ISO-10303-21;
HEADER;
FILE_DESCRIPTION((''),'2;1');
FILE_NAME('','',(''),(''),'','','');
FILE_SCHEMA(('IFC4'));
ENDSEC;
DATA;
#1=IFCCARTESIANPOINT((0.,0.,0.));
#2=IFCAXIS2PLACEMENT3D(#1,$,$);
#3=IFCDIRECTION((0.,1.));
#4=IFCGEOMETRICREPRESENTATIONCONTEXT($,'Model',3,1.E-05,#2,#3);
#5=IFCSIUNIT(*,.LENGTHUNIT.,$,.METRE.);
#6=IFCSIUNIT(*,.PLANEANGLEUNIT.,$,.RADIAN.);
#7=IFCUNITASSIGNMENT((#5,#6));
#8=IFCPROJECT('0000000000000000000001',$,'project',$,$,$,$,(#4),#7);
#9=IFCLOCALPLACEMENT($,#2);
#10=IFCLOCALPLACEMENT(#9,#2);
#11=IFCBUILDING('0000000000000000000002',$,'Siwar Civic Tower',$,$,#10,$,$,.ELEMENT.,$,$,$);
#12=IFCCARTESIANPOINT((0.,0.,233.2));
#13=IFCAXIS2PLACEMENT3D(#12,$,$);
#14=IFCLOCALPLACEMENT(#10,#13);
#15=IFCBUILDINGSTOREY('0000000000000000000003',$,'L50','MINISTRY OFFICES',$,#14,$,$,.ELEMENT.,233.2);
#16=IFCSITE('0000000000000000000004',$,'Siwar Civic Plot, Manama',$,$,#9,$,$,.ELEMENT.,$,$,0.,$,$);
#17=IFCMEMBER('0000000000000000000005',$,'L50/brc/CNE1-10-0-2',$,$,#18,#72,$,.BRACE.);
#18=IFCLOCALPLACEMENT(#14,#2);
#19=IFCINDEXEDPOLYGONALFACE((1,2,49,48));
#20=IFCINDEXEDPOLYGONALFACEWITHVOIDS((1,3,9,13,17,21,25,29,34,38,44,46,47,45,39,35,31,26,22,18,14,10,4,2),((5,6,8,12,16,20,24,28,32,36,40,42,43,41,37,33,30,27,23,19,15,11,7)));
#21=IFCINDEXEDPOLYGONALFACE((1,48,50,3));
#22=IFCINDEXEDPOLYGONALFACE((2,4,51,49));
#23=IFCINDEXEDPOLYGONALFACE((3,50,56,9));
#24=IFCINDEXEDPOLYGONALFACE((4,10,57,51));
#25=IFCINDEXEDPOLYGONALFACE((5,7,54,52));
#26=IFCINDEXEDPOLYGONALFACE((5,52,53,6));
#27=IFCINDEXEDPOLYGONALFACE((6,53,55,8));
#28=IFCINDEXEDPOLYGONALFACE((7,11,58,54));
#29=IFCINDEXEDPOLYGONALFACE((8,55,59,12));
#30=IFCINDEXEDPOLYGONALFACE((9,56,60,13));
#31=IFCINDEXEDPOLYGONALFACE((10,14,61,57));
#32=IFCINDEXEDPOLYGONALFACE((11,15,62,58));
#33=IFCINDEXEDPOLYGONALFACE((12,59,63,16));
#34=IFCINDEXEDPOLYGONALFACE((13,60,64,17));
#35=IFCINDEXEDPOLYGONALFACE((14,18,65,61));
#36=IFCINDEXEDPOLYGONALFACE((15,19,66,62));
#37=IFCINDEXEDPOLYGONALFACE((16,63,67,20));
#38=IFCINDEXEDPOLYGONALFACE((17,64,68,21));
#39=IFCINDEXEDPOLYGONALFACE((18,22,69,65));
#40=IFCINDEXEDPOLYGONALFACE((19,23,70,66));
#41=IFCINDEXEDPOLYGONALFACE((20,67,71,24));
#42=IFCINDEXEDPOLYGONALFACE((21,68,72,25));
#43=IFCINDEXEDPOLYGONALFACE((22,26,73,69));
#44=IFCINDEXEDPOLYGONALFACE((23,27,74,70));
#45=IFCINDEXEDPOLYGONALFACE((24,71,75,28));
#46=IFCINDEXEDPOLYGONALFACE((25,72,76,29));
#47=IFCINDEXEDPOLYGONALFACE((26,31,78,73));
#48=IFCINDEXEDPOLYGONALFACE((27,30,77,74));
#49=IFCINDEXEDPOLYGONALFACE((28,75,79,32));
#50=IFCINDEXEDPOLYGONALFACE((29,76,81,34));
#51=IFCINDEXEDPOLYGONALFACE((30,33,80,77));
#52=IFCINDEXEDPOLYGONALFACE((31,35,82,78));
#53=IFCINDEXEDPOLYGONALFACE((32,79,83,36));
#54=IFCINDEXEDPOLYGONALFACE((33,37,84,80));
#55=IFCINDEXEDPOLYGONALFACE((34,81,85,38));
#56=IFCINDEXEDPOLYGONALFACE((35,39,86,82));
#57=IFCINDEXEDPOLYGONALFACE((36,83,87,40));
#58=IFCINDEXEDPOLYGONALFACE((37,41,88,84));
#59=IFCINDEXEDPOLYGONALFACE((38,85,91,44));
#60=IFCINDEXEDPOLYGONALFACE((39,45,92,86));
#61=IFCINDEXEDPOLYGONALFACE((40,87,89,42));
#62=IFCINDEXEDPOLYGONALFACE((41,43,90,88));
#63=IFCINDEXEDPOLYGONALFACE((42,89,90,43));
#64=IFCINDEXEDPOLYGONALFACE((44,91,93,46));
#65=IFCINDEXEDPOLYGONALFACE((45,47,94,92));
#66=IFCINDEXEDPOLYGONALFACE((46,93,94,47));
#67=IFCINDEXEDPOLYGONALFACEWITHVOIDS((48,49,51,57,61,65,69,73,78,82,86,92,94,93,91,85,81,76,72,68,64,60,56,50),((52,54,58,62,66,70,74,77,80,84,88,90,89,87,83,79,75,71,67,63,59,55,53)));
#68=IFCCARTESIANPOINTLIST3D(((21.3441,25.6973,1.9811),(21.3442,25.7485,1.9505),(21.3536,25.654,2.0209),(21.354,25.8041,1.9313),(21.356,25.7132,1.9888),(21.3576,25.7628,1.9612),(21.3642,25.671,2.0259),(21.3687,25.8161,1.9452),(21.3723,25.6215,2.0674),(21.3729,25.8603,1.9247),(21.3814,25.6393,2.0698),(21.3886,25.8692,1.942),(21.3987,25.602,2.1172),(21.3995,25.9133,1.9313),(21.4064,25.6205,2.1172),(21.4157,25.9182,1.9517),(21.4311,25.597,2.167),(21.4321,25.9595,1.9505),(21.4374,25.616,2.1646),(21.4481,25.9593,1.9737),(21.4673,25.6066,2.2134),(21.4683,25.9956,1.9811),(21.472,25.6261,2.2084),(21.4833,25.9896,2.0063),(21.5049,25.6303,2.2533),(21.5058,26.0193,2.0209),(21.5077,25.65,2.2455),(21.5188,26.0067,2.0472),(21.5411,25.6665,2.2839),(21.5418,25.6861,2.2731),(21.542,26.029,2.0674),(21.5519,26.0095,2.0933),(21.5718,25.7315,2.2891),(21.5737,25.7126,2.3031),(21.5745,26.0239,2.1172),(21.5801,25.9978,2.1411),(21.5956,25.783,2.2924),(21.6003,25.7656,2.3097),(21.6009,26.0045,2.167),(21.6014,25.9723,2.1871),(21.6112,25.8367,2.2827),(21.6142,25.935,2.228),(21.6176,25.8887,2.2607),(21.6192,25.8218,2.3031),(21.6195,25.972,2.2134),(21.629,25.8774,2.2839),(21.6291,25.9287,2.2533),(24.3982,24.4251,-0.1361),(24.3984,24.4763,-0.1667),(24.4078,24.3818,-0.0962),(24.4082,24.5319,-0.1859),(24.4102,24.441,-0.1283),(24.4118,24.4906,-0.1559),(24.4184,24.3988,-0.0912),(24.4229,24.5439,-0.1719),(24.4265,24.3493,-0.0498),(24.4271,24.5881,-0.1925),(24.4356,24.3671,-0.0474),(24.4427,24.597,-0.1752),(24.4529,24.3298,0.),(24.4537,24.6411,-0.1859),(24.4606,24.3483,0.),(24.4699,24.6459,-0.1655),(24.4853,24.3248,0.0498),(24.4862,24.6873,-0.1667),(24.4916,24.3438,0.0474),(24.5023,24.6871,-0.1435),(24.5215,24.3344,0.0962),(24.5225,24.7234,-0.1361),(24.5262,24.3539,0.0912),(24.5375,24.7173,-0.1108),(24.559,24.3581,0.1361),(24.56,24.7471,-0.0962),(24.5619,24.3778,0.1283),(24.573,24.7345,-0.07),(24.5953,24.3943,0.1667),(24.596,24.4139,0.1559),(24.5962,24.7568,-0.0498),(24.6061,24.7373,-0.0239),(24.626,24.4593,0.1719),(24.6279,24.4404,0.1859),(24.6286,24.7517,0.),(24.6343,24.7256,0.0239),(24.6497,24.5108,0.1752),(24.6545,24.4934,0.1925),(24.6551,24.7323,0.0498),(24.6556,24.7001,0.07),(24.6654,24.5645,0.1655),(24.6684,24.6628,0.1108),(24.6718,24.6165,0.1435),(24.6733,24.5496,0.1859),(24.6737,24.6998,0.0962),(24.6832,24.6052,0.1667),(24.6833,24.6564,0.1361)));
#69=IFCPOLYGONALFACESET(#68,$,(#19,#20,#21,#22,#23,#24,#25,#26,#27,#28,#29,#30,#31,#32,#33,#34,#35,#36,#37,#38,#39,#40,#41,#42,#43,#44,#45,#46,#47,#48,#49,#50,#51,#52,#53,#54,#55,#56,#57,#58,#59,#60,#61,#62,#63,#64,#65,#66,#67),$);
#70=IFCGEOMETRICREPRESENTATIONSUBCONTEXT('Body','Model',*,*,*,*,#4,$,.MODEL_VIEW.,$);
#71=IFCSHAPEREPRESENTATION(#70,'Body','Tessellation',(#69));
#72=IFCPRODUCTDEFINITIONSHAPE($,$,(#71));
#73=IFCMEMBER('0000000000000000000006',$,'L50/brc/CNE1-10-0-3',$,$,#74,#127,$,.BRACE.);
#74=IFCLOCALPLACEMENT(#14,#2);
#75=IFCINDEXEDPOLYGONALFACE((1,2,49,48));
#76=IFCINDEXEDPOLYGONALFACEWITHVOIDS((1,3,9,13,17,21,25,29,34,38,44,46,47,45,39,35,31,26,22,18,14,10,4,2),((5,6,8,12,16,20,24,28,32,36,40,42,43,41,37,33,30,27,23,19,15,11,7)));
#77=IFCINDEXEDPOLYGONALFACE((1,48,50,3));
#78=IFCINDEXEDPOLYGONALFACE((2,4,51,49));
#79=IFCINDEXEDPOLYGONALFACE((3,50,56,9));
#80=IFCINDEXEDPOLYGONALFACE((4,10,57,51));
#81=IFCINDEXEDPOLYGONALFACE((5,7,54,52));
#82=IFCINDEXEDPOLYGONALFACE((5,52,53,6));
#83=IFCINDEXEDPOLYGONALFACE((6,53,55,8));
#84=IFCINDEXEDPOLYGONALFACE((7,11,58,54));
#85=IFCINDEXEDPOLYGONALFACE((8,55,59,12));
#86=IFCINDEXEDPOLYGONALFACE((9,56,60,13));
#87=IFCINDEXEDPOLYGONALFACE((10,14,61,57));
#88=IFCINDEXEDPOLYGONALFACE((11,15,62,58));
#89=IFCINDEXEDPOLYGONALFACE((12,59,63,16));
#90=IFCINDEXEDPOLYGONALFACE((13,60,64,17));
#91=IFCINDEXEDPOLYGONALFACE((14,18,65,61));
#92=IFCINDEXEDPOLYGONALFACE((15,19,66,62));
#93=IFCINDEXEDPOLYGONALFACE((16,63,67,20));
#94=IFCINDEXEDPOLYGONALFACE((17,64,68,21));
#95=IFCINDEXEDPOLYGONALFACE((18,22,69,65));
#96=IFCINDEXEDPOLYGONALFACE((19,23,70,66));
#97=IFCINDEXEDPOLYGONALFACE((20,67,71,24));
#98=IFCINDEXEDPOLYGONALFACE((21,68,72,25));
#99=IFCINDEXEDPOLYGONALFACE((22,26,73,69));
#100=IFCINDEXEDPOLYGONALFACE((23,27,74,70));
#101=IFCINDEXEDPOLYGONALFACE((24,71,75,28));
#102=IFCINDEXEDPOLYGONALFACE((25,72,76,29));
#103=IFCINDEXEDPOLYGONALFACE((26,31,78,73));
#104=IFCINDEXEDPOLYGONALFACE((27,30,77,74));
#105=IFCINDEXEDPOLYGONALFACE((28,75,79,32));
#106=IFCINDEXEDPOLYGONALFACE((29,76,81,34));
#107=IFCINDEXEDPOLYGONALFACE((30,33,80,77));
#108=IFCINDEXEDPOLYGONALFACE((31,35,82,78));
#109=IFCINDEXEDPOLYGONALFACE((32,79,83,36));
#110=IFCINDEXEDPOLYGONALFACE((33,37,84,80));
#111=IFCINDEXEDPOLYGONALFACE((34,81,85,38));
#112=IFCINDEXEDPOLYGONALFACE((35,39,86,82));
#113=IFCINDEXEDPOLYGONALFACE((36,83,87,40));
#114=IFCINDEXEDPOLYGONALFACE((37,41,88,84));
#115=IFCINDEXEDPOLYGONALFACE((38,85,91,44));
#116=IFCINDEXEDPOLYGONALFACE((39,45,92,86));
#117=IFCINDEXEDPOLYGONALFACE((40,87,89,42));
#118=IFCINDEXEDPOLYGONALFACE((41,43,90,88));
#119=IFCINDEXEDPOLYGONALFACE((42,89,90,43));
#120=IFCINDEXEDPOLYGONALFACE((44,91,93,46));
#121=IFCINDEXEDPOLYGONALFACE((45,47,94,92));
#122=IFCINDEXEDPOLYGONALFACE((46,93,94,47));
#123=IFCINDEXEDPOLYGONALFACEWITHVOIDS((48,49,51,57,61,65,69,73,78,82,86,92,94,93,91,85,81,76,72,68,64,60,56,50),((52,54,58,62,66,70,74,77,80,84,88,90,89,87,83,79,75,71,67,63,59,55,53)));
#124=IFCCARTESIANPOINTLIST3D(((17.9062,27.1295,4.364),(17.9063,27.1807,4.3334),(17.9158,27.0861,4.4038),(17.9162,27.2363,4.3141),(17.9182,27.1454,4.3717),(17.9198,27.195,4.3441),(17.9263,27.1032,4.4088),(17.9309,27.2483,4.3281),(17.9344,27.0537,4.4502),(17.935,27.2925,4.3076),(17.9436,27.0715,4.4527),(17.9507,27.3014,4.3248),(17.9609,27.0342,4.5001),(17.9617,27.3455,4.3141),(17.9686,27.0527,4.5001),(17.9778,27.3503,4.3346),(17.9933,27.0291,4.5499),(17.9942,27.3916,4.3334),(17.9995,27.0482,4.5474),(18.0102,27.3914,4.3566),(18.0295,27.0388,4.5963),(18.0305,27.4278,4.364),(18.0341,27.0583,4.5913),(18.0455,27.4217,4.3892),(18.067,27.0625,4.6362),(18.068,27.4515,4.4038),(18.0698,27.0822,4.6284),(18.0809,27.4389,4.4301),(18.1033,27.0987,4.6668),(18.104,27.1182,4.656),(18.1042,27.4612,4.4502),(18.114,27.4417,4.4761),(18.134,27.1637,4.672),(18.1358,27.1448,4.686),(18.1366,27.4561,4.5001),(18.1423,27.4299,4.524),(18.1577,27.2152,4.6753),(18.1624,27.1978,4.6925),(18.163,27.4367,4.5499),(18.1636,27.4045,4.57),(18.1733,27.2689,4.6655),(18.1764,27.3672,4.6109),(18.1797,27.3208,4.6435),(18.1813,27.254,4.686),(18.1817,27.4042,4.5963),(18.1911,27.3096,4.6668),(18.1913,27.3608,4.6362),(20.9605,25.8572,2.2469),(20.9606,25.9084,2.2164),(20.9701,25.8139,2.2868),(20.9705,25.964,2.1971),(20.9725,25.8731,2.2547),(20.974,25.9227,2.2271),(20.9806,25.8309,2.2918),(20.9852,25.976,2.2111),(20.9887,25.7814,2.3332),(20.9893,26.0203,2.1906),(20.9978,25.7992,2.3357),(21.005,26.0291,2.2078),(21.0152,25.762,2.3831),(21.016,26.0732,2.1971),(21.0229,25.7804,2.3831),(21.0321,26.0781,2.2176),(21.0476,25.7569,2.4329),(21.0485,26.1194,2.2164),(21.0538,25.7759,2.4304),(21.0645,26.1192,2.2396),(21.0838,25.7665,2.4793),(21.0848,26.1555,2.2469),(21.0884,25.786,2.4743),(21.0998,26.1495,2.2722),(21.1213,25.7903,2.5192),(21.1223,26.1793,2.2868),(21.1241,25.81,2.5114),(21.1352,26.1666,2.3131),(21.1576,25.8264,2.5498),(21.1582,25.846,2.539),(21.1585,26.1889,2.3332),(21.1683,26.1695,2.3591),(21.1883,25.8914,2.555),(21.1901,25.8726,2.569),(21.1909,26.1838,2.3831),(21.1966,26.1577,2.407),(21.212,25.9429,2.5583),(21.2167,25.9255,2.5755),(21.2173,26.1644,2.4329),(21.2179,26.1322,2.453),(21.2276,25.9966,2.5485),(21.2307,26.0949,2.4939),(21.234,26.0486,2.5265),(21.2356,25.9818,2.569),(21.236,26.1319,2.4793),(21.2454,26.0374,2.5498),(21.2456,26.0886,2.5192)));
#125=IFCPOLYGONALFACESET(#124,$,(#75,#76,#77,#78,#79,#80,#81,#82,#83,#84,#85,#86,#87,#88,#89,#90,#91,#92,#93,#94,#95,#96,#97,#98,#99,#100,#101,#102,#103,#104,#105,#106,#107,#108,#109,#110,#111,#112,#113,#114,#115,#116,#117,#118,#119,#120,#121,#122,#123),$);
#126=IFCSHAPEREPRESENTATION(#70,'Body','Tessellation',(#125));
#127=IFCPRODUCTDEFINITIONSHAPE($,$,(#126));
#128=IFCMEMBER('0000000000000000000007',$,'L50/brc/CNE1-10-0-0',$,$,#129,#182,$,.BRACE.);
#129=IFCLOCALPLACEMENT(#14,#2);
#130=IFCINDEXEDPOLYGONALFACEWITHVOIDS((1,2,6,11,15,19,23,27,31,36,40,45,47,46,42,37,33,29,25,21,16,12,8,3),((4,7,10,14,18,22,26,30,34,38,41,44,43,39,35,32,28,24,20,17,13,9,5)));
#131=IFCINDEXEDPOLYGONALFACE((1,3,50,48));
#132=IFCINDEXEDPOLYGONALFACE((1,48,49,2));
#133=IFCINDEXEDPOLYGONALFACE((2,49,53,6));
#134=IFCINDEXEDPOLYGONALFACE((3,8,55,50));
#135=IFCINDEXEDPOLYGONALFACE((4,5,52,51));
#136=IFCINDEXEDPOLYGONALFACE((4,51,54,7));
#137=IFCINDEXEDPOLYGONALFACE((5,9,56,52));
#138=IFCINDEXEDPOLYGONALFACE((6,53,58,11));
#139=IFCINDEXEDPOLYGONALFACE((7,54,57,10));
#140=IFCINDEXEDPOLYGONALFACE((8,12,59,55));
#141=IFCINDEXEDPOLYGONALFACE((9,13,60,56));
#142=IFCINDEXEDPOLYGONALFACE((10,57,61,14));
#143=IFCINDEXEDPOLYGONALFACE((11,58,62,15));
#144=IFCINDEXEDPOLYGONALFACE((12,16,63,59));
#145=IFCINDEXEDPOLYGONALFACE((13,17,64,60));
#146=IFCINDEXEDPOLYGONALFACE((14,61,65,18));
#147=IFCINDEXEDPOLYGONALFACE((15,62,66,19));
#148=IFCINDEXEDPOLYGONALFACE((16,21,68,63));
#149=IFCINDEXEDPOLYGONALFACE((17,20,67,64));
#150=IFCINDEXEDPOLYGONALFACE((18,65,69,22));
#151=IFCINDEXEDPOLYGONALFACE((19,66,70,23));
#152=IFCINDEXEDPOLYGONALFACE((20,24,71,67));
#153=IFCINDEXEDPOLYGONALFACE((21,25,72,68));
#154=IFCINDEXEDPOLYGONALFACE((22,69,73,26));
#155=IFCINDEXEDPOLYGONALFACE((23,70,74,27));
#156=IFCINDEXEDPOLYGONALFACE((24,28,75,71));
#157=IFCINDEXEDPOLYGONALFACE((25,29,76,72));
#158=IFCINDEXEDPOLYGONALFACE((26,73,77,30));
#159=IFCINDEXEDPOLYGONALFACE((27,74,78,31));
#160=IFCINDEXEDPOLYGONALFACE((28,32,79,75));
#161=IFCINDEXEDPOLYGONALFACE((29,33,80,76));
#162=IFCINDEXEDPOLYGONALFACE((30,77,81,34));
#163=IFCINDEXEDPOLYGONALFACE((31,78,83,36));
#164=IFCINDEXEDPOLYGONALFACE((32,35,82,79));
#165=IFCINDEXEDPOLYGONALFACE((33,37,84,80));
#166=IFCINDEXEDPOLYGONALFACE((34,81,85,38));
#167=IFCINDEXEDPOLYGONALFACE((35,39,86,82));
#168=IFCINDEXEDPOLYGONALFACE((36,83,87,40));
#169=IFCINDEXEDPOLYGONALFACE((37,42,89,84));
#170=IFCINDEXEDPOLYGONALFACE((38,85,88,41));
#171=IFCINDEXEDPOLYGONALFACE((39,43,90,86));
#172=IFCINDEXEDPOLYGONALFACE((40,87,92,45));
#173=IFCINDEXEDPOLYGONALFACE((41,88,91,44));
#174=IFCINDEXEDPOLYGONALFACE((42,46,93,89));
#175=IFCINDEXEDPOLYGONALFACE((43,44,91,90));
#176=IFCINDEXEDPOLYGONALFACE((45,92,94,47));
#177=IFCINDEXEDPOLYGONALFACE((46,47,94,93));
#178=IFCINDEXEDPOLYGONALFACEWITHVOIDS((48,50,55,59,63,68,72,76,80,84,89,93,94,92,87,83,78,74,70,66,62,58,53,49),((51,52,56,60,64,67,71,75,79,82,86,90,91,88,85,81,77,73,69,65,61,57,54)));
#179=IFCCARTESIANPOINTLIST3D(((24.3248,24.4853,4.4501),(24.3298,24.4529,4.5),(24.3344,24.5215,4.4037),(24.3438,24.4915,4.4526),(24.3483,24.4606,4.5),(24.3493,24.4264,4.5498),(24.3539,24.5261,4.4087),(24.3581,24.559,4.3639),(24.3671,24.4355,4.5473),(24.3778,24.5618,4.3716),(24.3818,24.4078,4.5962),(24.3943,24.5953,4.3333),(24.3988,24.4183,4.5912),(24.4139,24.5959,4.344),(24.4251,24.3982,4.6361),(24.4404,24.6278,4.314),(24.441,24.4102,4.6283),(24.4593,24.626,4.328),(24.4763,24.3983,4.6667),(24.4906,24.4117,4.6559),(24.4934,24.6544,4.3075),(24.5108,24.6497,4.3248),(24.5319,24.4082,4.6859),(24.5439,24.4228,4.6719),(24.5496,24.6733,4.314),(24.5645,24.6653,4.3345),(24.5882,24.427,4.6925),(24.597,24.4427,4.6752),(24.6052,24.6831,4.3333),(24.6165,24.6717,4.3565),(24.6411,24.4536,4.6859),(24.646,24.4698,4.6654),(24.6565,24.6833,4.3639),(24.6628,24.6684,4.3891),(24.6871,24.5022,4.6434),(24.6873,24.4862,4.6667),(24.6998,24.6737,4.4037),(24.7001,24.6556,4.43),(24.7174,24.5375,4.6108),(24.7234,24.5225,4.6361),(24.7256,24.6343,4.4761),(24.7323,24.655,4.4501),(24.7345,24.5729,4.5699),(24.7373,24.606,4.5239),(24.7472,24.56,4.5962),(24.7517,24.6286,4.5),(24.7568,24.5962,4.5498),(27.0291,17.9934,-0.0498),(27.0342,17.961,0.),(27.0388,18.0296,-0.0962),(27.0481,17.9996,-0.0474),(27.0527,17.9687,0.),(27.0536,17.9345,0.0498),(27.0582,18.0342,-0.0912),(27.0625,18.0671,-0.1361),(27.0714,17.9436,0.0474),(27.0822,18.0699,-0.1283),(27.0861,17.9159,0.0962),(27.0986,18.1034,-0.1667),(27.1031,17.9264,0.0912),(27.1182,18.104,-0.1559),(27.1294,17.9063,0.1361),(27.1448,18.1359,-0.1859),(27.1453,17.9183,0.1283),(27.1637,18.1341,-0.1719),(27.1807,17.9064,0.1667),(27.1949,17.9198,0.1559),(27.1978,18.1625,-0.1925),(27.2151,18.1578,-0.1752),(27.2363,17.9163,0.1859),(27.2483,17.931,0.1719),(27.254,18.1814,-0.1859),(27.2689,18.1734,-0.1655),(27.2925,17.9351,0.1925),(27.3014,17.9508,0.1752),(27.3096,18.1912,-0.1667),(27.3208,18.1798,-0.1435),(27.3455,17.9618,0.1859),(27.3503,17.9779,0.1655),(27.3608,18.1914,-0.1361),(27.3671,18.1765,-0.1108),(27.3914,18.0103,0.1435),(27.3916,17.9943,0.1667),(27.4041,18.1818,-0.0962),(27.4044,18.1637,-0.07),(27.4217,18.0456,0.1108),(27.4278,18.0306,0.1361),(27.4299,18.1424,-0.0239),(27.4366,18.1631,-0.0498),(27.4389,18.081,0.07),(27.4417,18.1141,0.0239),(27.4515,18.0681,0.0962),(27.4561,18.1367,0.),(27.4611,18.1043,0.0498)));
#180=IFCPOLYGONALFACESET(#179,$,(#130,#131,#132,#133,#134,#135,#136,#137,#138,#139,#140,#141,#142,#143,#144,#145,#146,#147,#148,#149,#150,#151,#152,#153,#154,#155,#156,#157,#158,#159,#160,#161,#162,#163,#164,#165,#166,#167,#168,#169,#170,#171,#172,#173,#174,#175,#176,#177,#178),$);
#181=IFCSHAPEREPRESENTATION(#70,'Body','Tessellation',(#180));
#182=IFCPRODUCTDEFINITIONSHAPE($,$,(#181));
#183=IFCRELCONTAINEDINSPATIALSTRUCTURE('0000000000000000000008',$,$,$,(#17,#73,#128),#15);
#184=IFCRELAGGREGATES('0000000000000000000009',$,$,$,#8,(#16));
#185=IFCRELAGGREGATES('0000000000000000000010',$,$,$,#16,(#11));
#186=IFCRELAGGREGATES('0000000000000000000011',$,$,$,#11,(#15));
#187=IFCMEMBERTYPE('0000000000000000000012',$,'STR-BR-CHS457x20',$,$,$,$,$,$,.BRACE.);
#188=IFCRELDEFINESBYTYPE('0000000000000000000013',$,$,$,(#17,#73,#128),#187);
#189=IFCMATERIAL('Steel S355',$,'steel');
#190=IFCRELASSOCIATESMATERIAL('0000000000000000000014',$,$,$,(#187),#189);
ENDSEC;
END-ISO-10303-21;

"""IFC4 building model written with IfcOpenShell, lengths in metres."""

from ifc_helpers import new_model, si_unit, direction, frame, origin, origin_2d, place, context, subcontext, project, spatial, hollow_circle, extrude, material, material_profile, profile_set, type_object, element, save


model = new_model("IFC4")

# Units and contexts
model_context = context("Model", 3, precision=1e-05, world=origin(), true_north=direction((0.0, 1.0)))
body_context = subcontext(model_context, "Body", "Model", "MODEL_VIEW")
ifc_project = project(units=[si_unit("LENGTHUNIT", "METRE"), si_unit("PLANEANGLEUNIT", "RADIAN")], contexts=[model_context])

# Site, building, storey
site_placement = place(None, origin())
site = spatial("IfcSite", under=ifc_project, at=site_placement, Name="Siwar Civic Plot, Manama", CompositionType="ELEMENT", RefElevation=0.0)
building_placement = place(site_placement, origin())
building = spatial("IfcBuilding", under=site, at=building_placement, Name="Siwar Civic Tower", CompositionType="ELEMENT")
storey_placement = place(building_placement, frame((0.0, 0.0, 233.2)))
storey = spatial("IfcBuildingStorey", under=building, at=storey_placement, Name="L50", Description="MINISTRY OFFICES", CompositionType="ELEMENT", Elevation=233.2)

# Members
ifc_material_1 = material(Name="Steel S355", Category="steel")
ifc_material_profile_1 = material_profile(ifc_material_1, hollow_circle(Radius=0.2285, WallThickness=0.02, at=origin_2d()), Name="CHS457x20")
ifc_profile_set_1 = profile_set([ifc_material_profile_1], Name="Steel S355")
member_type_1 = type_object("IfcMemberType", Name="STR-BR-CHS457x20", PredefinedType="BRACE", material=ifc_profile_set_1)
for number, where, z_axis, x_axis, name in (
    (1, (24.5408, 24.5408, 0.0), (-0.777546, 0.323884, 0.538999), (-0.384521, -0.923116, 0.0), "L50/brc/CNE1-10-0-2"),
    (2, (21.103, 25.9729, 2.3831), (-0.777572, 0.323895, 0.538955), (-0.384521, -0.923116, 0.0), "L50/brc/CNE1-10-0-3"),
):
    element("IfcMember", number, at=place(storey_placement, frame(where, z_axis=z_axis, x_axis=x_axis)), inside=storey, type_object=member_type_1, Name=name, PredefinedType="BRACE", context=body_context, shape_type="SweptSolid", body=[
        extrude(hollow_circle(Radius=0.2285, WallThickness=0.02, at=origin_2d()), origin(), (0.0, 0.0, 1.0), 3.928),
    ])
member_1_placement = place(storey_placement, frame((27.2451, 18.0488, 0.0), z_axis=(-0.323906, 0.777555, 0.538975), x_axis=(-0.923109, -0.384539, 0.0)))
element("IfcMember", 3, at=member_1_placement, inside=storey, type_object=member_type_1, Name="L50/brc/CNE1-10-0-0", PredefinedType="BRACE", context=body_context, shape_type="SweptSolid", body=[
    extrude(hollow_circle(Radius=0.2285, WallThickness=0.02, at=origin_2d()), origin(), (0.0, 0.0, 1.0), 8.3491),
])

save(model, "model.ifc")
